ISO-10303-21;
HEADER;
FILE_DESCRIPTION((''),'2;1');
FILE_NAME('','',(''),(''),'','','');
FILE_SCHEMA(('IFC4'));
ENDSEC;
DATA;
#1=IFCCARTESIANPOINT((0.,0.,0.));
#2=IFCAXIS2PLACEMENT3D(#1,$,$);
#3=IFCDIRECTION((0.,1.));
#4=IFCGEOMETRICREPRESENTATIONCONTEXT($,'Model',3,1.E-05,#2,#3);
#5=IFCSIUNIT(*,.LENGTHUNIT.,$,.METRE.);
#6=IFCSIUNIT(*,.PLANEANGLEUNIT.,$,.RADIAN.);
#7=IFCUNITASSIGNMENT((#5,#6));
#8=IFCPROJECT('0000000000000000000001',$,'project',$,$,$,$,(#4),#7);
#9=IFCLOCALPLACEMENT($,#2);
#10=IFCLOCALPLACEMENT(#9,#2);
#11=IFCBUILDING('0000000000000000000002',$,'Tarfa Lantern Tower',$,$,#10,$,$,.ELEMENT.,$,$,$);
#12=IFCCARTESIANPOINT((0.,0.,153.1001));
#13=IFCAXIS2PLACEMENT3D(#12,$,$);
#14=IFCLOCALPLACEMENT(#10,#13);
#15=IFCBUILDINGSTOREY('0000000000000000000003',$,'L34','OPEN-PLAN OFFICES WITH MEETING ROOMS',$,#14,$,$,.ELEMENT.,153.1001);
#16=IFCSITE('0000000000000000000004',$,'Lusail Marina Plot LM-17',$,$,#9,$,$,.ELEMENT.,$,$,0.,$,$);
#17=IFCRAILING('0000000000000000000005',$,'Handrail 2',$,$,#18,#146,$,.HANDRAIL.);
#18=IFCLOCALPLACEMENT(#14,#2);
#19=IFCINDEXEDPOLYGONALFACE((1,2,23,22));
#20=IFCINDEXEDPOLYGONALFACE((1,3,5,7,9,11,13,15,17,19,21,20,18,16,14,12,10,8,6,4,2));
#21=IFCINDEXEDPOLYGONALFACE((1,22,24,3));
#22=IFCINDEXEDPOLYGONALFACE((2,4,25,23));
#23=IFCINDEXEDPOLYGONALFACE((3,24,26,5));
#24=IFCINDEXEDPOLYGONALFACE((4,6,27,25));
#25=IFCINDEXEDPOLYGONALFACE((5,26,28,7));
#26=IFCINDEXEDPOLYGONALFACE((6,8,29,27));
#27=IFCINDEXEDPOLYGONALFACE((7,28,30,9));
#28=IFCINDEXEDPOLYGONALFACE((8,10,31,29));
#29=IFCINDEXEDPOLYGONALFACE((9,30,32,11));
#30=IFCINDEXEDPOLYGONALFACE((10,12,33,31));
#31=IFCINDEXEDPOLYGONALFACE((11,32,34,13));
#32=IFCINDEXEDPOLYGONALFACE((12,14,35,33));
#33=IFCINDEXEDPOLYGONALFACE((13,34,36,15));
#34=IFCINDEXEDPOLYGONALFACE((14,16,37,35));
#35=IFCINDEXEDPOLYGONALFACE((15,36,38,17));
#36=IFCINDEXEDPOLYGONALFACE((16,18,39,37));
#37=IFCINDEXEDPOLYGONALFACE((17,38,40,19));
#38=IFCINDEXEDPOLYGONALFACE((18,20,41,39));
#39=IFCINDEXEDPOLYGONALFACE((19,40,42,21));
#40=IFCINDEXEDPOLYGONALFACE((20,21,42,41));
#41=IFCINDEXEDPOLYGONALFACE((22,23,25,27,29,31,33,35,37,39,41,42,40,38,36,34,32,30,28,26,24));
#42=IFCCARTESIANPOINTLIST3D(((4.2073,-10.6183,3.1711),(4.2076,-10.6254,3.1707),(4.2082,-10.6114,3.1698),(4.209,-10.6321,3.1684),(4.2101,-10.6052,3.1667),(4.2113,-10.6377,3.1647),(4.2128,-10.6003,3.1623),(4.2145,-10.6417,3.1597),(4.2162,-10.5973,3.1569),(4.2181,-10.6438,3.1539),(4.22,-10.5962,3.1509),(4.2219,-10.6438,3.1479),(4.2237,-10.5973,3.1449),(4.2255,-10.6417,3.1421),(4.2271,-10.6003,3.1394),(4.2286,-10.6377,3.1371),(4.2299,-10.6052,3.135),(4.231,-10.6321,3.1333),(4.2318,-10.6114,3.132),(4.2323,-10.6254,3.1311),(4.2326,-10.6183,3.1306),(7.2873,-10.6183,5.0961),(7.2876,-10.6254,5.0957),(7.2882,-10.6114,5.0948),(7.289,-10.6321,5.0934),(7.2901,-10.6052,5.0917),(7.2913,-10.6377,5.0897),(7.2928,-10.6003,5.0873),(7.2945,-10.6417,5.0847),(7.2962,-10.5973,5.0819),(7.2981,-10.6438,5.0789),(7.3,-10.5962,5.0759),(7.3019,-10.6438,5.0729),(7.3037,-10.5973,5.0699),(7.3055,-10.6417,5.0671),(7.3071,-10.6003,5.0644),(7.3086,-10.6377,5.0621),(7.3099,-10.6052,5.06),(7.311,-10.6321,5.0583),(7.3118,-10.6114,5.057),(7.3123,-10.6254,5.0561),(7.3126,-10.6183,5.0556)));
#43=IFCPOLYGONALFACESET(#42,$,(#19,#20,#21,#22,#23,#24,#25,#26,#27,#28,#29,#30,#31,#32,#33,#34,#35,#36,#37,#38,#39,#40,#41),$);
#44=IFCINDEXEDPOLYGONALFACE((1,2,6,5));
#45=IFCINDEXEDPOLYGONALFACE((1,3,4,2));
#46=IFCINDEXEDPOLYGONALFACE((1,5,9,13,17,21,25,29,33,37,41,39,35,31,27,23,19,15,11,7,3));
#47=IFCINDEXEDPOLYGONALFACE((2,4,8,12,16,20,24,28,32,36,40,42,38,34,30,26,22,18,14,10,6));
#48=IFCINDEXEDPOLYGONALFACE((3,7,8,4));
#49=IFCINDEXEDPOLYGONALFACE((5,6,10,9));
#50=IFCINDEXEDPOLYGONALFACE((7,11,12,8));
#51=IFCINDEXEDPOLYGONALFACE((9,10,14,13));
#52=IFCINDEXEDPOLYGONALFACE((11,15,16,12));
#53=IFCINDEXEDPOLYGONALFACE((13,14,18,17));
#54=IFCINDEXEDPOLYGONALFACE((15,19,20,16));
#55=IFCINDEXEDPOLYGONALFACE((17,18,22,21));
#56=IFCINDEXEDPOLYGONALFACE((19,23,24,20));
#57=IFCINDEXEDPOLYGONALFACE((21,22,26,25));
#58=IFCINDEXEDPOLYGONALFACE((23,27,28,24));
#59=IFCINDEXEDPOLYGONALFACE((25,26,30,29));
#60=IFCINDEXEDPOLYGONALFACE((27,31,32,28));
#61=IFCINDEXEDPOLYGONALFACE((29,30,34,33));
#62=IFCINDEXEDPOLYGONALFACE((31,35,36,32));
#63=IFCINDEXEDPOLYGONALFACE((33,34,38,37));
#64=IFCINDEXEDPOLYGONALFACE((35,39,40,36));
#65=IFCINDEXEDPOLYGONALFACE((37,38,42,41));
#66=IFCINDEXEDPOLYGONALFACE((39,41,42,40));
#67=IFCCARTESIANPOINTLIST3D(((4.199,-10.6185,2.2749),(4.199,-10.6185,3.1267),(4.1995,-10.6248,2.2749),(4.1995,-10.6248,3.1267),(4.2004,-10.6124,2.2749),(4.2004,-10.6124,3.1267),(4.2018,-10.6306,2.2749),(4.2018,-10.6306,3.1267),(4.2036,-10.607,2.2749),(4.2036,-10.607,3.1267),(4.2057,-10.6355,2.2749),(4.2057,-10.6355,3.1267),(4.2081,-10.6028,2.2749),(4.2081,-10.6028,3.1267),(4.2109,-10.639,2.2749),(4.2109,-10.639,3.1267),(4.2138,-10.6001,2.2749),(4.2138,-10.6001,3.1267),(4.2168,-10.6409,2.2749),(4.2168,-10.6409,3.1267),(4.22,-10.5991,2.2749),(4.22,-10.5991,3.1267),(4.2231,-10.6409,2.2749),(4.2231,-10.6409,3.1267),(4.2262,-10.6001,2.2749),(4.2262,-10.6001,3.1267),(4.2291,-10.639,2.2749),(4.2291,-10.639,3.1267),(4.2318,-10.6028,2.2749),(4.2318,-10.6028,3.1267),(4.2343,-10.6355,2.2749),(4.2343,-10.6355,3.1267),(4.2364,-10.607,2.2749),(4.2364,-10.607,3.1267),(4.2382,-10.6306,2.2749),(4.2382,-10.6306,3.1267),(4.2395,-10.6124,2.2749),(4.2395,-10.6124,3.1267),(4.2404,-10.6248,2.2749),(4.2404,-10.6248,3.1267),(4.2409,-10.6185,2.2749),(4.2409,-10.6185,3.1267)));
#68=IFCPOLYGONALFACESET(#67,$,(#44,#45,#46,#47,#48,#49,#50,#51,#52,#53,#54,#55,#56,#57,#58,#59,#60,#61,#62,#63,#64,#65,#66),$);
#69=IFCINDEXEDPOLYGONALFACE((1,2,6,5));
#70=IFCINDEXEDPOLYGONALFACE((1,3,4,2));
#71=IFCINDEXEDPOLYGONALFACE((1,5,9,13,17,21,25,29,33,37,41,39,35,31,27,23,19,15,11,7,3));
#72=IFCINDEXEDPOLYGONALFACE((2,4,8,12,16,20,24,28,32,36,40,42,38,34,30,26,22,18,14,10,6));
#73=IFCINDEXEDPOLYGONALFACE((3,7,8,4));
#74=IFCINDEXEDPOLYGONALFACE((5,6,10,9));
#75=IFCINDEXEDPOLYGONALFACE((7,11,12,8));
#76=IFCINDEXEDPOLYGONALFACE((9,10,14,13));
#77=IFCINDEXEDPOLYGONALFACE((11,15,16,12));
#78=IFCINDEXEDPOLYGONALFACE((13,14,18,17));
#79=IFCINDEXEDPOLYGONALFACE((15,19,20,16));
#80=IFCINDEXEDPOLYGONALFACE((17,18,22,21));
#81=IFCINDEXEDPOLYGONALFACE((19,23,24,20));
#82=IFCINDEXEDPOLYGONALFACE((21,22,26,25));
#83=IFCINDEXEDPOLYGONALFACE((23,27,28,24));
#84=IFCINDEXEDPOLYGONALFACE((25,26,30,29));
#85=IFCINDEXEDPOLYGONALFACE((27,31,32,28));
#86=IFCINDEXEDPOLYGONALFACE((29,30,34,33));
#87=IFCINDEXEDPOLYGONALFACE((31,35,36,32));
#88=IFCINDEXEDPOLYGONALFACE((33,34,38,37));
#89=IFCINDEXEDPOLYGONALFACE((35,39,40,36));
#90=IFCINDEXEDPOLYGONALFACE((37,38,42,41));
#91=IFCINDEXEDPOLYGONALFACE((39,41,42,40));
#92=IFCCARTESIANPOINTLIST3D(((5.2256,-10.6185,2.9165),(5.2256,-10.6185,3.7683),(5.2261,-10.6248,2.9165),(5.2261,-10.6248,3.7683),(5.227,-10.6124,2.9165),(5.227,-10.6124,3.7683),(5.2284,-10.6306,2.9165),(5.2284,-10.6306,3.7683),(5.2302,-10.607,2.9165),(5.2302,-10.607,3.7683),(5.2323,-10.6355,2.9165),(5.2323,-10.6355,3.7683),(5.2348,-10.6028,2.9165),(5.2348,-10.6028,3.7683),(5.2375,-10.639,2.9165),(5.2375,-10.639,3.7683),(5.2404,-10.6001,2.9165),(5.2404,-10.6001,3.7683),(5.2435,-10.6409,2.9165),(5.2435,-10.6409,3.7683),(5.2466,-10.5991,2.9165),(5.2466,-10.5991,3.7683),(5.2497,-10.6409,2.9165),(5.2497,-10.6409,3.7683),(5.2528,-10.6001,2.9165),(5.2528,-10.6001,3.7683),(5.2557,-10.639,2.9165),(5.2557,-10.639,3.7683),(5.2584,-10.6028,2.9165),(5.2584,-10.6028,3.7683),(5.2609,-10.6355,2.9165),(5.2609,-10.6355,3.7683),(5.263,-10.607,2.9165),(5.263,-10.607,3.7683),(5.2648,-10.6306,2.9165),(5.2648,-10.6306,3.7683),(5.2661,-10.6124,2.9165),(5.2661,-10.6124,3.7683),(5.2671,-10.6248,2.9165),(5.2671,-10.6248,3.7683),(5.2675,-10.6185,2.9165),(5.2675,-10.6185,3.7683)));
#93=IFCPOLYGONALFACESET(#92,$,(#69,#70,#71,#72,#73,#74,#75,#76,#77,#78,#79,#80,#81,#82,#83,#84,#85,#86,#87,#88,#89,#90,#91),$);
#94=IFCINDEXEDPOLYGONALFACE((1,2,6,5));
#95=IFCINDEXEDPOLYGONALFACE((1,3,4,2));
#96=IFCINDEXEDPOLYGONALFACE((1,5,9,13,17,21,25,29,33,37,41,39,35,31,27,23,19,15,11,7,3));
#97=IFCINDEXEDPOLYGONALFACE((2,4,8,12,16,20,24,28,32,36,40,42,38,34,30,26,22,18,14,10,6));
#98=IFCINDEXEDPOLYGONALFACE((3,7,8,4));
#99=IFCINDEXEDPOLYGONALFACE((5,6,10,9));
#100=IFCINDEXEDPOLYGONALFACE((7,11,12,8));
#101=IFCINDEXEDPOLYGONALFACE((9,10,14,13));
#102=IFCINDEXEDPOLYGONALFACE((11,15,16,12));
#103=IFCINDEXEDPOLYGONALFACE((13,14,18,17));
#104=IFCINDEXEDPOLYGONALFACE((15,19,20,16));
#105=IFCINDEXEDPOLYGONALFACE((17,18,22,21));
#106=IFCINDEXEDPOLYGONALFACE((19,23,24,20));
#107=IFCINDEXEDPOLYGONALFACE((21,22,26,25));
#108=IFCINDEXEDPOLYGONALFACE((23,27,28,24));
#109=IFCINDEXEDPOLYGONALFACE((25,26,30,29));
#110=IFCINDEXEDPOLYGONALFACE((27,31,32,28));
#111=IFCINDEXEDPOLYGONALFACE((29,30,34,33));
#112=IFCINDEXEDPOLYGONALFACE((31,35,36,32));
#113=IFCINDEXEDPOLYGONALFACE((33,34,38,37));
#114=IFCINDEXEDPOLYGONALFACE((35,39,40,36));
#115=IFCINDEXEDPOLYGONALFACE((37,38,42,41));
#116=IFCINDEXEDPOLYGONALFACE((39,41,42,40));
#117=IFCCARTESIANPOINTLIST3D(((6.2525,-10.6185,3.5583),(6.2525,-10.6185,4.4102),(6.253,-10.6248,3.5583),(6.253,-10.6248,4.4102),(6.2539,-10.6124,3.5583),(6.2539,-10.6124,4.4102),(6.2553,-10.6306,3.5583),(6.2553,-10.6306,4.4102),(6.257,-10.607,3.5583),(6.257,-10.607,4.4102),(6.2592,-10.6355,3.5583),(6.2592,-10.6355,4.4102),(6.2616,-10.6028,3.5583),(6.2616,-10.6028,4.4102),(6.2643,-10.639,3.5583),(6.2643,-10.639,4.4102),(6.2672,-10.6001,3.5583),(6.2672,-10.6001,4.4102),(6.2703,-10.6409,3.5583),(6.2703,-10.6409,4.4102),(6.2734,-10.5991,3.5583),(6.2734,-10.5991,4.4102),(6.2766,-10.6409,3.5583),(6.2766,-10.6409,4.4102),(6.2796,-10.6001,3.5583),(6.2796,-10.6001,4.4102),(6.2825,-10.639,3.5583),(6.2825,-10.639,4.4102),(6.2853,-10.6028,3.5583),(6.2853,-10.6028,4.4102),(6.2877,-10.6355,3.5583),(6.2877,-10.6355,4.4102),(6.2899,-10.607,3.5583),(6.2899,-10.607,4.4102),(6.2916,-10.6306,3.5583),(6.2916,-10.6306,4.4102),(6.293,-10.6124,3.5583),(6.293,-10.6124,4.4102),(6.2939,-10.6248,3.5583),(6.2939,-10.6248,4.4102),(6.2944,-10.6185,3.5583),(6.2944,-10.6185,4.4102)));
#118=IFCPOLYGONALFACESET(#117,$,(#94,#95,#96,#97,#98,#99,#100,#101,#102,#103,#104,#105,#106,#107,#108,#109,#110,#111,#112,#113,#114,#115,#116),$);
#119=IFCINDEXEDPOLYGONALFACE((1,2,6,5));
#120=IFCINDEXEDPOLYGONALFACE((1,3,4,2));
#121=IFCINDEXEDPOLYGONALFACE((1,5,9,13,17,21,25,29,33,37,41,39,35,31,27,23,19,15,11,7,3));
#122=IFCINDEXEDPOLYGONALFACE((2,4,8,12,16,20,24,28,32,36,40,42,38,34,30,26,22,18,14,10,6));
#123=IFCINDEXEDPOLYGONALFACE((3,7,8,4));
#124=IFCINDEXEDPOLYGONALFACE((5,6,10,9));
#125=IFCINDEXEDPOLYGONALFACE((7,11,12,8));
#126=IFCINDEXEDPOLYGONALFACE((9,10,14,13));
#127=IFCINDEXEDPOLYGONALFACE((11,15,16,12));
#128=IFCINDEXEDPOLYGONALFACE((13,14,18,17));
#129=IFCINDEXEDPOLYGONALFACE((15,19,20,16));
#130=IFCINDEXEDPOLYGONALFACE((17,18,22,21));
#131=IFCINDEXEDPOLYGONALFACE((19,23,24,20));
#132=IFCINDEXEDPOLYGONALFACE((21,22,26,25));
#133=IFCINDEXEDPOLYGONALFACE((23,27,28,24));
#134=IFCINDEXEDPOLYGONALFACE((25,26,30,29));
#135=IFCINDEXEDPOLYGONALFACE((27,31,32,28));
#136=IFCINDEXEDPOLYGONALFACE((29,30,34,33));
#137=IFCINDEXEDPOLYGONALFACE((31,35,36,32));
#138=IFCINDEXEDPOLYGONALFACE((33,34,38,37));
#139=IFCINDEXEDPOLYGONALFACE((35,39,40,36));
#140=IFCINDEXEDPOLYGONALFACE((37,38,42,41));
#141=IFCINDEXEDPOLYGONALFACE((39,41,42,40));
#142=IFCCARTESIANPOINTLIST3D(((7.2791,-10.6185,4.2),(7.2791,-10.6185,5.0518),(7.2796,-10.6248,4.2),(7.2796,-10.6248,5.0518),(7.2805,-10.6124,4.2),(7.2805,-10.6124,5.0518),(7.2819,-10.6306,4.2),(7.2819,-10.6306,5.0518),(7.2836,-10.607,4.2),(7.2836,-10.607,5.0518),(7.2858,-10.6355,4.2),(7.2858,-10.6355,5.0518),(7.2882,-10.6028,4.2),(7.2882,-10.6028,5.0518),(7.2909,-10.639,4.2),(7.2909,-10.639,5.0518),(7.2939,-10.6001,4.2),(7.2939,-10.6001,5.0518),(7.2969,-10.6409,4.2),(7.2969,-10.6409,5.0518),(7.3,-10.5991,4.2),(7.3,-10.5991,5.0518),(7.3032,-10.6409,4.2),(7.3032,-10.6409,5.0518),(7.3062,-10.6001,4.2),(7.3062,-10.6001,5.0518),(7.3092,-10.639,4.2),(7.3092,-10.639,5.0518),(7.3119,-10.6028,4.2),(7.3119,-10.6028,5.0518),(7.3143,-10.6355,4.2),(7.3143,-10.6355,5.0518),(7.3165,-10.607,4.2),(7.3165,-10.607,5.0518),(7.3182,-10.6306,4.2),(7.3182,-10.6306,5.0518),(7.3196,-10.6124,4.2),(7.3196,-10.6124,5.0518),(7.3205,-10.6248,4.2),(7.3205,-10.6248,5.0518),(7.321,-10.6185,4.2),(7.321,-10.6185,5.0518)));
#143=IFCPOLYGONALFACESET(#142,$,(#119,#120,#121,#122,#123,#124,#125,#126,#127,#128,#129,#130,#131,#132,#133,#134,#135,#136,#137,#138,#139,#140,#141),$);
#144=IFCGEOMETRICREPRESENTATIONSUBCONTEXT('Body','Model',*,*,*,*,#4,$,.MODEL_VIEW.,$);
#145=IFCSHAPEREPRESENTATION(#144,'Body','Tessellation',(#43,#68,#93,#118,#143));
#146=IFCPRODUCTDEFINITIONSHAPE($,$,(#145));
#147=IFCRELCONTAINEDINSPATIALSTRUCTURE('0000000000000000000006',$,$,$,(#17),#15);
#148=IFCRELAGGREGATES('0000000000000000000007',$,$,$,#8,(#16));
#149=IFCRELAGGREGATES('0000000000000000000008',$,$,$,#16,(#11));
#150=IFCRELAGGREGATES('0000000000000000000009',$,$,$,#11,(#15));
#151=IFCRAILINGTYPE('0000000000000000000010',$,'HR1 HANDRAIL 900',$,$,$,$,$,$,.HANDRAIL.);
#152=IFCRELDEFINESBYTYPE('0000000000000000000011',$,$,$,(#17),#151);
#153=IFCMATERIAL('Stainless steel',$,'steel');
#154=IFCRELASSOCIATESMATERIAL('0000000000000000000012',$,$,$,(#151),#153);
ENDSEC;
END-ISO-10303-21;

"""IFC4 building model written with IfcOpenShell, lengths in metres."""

from ifc_helpers import new_model, si_unit, direction, frame, origin, origin_2d, place, context, subcontext, project, spatial, circle, extrude, material, type_object, element, save


model = new_model("IFC4")

# Units and contexts
model_context = context("Model", 3, precision=1e-05, world=origin(), true_north=direction((0.0, 1.0)))
body_context = subcontext(model_context, "Body", "Model", "MODEL_VIEW")
ifc_project = project(units=[si_unit("LENGTHUNIT", "METRE"), si_unit("PLANEANGLEUNIT", "RADIAN")], contexts=[model_context])

# Site, building, storey
site_placement = place(None, origin())
site = spatial("IfcSite", under=ifc_project, at=site_placement, Name="Lusail Marina Plot LM-17", CompositionType="ELEMENT", RefElevation=0.0)
building_placement = place(site_placement, origin())
building = spatial("IfcBuilding", under=site, at=building_placement, Name="Tarfa Lantern Tower", CompositionType="ELEMENT")
storey_placement = place(building_placement, frame((0.0, 0.0, 153.1001)))
storey = spatial("IfcBuildingStorey", under=building, at=storey_placement, Name="L34", Description="OPEN-PLAN OFFICES WITH MEETING ROOMS", CompositionType="ELEMENT", Elevation=153.1001)

# Railing
ifc_material_1 = material(Name="Stainless steel", Category="steel")
railing_type = type_object("IfcRailingType", Name="HR1 HANDRAIL 900", PredefinedType="HANDRAIL", material=ifc_material_1)
railing_1_placement = place(storey_placement, frame((4.22, -10.6201, 2.2749)))
element("IfcRailing", 1, at=railing_1_placement, inside=storey, type_object=railing_type, Name="Handrail 2", PredefinedType="HANDRAIL", context=body_context, shape_type="SweptSolid", body=[
    extrude(circle(Radius=0.0239, at=origin_2d()), frame((0.0, 0.0, 0.876), z_axis=(0.847998, 0.0, 0.529999), x_axis=(0.0, 1.0, 0.0)), (0.0, 0.0, 1.0), 3.6321),
    extrude(circle(Radius=0.021, at=origin_2d()), frame((0.0, 0.0, 0.0), z_axis=(0.0, 0.0, 1.0), x_axis=(0.0, 1.0, 0.0)), (0.0, 0.0, 1.0), 0.8518),
    extrude(circle(Radius=0.021, at=origin_2d()), frame((1.0266, 0.0, 0.6416), z_axis=(0.0, 0.0, 1.0), x_axis=(0.0, 1.0, 0.0)), (0.0, 0.0, 1.0), 0.8518),
    extrude(circle(Radius=0.021, at=origin_2d()), frame((2.0535, 0.0, 1.2834), z_axis=(0.0, 0.0, 1.0), x_axis=(0.0, 1.0, 0.0)), (0.0, 0.0, 1.0), 0.8518),
    extrude(circle(Radius=0.021, at=origin_2d()), frame((3.0801, 0.0, 1.925), z_axis=(0.0, 0.0, 1.0), x_axis=(0.0, 1.0, 0.0)), (0.0, 0.0, 1.0), 0.8518),
])

save(model, "model.ifc")
